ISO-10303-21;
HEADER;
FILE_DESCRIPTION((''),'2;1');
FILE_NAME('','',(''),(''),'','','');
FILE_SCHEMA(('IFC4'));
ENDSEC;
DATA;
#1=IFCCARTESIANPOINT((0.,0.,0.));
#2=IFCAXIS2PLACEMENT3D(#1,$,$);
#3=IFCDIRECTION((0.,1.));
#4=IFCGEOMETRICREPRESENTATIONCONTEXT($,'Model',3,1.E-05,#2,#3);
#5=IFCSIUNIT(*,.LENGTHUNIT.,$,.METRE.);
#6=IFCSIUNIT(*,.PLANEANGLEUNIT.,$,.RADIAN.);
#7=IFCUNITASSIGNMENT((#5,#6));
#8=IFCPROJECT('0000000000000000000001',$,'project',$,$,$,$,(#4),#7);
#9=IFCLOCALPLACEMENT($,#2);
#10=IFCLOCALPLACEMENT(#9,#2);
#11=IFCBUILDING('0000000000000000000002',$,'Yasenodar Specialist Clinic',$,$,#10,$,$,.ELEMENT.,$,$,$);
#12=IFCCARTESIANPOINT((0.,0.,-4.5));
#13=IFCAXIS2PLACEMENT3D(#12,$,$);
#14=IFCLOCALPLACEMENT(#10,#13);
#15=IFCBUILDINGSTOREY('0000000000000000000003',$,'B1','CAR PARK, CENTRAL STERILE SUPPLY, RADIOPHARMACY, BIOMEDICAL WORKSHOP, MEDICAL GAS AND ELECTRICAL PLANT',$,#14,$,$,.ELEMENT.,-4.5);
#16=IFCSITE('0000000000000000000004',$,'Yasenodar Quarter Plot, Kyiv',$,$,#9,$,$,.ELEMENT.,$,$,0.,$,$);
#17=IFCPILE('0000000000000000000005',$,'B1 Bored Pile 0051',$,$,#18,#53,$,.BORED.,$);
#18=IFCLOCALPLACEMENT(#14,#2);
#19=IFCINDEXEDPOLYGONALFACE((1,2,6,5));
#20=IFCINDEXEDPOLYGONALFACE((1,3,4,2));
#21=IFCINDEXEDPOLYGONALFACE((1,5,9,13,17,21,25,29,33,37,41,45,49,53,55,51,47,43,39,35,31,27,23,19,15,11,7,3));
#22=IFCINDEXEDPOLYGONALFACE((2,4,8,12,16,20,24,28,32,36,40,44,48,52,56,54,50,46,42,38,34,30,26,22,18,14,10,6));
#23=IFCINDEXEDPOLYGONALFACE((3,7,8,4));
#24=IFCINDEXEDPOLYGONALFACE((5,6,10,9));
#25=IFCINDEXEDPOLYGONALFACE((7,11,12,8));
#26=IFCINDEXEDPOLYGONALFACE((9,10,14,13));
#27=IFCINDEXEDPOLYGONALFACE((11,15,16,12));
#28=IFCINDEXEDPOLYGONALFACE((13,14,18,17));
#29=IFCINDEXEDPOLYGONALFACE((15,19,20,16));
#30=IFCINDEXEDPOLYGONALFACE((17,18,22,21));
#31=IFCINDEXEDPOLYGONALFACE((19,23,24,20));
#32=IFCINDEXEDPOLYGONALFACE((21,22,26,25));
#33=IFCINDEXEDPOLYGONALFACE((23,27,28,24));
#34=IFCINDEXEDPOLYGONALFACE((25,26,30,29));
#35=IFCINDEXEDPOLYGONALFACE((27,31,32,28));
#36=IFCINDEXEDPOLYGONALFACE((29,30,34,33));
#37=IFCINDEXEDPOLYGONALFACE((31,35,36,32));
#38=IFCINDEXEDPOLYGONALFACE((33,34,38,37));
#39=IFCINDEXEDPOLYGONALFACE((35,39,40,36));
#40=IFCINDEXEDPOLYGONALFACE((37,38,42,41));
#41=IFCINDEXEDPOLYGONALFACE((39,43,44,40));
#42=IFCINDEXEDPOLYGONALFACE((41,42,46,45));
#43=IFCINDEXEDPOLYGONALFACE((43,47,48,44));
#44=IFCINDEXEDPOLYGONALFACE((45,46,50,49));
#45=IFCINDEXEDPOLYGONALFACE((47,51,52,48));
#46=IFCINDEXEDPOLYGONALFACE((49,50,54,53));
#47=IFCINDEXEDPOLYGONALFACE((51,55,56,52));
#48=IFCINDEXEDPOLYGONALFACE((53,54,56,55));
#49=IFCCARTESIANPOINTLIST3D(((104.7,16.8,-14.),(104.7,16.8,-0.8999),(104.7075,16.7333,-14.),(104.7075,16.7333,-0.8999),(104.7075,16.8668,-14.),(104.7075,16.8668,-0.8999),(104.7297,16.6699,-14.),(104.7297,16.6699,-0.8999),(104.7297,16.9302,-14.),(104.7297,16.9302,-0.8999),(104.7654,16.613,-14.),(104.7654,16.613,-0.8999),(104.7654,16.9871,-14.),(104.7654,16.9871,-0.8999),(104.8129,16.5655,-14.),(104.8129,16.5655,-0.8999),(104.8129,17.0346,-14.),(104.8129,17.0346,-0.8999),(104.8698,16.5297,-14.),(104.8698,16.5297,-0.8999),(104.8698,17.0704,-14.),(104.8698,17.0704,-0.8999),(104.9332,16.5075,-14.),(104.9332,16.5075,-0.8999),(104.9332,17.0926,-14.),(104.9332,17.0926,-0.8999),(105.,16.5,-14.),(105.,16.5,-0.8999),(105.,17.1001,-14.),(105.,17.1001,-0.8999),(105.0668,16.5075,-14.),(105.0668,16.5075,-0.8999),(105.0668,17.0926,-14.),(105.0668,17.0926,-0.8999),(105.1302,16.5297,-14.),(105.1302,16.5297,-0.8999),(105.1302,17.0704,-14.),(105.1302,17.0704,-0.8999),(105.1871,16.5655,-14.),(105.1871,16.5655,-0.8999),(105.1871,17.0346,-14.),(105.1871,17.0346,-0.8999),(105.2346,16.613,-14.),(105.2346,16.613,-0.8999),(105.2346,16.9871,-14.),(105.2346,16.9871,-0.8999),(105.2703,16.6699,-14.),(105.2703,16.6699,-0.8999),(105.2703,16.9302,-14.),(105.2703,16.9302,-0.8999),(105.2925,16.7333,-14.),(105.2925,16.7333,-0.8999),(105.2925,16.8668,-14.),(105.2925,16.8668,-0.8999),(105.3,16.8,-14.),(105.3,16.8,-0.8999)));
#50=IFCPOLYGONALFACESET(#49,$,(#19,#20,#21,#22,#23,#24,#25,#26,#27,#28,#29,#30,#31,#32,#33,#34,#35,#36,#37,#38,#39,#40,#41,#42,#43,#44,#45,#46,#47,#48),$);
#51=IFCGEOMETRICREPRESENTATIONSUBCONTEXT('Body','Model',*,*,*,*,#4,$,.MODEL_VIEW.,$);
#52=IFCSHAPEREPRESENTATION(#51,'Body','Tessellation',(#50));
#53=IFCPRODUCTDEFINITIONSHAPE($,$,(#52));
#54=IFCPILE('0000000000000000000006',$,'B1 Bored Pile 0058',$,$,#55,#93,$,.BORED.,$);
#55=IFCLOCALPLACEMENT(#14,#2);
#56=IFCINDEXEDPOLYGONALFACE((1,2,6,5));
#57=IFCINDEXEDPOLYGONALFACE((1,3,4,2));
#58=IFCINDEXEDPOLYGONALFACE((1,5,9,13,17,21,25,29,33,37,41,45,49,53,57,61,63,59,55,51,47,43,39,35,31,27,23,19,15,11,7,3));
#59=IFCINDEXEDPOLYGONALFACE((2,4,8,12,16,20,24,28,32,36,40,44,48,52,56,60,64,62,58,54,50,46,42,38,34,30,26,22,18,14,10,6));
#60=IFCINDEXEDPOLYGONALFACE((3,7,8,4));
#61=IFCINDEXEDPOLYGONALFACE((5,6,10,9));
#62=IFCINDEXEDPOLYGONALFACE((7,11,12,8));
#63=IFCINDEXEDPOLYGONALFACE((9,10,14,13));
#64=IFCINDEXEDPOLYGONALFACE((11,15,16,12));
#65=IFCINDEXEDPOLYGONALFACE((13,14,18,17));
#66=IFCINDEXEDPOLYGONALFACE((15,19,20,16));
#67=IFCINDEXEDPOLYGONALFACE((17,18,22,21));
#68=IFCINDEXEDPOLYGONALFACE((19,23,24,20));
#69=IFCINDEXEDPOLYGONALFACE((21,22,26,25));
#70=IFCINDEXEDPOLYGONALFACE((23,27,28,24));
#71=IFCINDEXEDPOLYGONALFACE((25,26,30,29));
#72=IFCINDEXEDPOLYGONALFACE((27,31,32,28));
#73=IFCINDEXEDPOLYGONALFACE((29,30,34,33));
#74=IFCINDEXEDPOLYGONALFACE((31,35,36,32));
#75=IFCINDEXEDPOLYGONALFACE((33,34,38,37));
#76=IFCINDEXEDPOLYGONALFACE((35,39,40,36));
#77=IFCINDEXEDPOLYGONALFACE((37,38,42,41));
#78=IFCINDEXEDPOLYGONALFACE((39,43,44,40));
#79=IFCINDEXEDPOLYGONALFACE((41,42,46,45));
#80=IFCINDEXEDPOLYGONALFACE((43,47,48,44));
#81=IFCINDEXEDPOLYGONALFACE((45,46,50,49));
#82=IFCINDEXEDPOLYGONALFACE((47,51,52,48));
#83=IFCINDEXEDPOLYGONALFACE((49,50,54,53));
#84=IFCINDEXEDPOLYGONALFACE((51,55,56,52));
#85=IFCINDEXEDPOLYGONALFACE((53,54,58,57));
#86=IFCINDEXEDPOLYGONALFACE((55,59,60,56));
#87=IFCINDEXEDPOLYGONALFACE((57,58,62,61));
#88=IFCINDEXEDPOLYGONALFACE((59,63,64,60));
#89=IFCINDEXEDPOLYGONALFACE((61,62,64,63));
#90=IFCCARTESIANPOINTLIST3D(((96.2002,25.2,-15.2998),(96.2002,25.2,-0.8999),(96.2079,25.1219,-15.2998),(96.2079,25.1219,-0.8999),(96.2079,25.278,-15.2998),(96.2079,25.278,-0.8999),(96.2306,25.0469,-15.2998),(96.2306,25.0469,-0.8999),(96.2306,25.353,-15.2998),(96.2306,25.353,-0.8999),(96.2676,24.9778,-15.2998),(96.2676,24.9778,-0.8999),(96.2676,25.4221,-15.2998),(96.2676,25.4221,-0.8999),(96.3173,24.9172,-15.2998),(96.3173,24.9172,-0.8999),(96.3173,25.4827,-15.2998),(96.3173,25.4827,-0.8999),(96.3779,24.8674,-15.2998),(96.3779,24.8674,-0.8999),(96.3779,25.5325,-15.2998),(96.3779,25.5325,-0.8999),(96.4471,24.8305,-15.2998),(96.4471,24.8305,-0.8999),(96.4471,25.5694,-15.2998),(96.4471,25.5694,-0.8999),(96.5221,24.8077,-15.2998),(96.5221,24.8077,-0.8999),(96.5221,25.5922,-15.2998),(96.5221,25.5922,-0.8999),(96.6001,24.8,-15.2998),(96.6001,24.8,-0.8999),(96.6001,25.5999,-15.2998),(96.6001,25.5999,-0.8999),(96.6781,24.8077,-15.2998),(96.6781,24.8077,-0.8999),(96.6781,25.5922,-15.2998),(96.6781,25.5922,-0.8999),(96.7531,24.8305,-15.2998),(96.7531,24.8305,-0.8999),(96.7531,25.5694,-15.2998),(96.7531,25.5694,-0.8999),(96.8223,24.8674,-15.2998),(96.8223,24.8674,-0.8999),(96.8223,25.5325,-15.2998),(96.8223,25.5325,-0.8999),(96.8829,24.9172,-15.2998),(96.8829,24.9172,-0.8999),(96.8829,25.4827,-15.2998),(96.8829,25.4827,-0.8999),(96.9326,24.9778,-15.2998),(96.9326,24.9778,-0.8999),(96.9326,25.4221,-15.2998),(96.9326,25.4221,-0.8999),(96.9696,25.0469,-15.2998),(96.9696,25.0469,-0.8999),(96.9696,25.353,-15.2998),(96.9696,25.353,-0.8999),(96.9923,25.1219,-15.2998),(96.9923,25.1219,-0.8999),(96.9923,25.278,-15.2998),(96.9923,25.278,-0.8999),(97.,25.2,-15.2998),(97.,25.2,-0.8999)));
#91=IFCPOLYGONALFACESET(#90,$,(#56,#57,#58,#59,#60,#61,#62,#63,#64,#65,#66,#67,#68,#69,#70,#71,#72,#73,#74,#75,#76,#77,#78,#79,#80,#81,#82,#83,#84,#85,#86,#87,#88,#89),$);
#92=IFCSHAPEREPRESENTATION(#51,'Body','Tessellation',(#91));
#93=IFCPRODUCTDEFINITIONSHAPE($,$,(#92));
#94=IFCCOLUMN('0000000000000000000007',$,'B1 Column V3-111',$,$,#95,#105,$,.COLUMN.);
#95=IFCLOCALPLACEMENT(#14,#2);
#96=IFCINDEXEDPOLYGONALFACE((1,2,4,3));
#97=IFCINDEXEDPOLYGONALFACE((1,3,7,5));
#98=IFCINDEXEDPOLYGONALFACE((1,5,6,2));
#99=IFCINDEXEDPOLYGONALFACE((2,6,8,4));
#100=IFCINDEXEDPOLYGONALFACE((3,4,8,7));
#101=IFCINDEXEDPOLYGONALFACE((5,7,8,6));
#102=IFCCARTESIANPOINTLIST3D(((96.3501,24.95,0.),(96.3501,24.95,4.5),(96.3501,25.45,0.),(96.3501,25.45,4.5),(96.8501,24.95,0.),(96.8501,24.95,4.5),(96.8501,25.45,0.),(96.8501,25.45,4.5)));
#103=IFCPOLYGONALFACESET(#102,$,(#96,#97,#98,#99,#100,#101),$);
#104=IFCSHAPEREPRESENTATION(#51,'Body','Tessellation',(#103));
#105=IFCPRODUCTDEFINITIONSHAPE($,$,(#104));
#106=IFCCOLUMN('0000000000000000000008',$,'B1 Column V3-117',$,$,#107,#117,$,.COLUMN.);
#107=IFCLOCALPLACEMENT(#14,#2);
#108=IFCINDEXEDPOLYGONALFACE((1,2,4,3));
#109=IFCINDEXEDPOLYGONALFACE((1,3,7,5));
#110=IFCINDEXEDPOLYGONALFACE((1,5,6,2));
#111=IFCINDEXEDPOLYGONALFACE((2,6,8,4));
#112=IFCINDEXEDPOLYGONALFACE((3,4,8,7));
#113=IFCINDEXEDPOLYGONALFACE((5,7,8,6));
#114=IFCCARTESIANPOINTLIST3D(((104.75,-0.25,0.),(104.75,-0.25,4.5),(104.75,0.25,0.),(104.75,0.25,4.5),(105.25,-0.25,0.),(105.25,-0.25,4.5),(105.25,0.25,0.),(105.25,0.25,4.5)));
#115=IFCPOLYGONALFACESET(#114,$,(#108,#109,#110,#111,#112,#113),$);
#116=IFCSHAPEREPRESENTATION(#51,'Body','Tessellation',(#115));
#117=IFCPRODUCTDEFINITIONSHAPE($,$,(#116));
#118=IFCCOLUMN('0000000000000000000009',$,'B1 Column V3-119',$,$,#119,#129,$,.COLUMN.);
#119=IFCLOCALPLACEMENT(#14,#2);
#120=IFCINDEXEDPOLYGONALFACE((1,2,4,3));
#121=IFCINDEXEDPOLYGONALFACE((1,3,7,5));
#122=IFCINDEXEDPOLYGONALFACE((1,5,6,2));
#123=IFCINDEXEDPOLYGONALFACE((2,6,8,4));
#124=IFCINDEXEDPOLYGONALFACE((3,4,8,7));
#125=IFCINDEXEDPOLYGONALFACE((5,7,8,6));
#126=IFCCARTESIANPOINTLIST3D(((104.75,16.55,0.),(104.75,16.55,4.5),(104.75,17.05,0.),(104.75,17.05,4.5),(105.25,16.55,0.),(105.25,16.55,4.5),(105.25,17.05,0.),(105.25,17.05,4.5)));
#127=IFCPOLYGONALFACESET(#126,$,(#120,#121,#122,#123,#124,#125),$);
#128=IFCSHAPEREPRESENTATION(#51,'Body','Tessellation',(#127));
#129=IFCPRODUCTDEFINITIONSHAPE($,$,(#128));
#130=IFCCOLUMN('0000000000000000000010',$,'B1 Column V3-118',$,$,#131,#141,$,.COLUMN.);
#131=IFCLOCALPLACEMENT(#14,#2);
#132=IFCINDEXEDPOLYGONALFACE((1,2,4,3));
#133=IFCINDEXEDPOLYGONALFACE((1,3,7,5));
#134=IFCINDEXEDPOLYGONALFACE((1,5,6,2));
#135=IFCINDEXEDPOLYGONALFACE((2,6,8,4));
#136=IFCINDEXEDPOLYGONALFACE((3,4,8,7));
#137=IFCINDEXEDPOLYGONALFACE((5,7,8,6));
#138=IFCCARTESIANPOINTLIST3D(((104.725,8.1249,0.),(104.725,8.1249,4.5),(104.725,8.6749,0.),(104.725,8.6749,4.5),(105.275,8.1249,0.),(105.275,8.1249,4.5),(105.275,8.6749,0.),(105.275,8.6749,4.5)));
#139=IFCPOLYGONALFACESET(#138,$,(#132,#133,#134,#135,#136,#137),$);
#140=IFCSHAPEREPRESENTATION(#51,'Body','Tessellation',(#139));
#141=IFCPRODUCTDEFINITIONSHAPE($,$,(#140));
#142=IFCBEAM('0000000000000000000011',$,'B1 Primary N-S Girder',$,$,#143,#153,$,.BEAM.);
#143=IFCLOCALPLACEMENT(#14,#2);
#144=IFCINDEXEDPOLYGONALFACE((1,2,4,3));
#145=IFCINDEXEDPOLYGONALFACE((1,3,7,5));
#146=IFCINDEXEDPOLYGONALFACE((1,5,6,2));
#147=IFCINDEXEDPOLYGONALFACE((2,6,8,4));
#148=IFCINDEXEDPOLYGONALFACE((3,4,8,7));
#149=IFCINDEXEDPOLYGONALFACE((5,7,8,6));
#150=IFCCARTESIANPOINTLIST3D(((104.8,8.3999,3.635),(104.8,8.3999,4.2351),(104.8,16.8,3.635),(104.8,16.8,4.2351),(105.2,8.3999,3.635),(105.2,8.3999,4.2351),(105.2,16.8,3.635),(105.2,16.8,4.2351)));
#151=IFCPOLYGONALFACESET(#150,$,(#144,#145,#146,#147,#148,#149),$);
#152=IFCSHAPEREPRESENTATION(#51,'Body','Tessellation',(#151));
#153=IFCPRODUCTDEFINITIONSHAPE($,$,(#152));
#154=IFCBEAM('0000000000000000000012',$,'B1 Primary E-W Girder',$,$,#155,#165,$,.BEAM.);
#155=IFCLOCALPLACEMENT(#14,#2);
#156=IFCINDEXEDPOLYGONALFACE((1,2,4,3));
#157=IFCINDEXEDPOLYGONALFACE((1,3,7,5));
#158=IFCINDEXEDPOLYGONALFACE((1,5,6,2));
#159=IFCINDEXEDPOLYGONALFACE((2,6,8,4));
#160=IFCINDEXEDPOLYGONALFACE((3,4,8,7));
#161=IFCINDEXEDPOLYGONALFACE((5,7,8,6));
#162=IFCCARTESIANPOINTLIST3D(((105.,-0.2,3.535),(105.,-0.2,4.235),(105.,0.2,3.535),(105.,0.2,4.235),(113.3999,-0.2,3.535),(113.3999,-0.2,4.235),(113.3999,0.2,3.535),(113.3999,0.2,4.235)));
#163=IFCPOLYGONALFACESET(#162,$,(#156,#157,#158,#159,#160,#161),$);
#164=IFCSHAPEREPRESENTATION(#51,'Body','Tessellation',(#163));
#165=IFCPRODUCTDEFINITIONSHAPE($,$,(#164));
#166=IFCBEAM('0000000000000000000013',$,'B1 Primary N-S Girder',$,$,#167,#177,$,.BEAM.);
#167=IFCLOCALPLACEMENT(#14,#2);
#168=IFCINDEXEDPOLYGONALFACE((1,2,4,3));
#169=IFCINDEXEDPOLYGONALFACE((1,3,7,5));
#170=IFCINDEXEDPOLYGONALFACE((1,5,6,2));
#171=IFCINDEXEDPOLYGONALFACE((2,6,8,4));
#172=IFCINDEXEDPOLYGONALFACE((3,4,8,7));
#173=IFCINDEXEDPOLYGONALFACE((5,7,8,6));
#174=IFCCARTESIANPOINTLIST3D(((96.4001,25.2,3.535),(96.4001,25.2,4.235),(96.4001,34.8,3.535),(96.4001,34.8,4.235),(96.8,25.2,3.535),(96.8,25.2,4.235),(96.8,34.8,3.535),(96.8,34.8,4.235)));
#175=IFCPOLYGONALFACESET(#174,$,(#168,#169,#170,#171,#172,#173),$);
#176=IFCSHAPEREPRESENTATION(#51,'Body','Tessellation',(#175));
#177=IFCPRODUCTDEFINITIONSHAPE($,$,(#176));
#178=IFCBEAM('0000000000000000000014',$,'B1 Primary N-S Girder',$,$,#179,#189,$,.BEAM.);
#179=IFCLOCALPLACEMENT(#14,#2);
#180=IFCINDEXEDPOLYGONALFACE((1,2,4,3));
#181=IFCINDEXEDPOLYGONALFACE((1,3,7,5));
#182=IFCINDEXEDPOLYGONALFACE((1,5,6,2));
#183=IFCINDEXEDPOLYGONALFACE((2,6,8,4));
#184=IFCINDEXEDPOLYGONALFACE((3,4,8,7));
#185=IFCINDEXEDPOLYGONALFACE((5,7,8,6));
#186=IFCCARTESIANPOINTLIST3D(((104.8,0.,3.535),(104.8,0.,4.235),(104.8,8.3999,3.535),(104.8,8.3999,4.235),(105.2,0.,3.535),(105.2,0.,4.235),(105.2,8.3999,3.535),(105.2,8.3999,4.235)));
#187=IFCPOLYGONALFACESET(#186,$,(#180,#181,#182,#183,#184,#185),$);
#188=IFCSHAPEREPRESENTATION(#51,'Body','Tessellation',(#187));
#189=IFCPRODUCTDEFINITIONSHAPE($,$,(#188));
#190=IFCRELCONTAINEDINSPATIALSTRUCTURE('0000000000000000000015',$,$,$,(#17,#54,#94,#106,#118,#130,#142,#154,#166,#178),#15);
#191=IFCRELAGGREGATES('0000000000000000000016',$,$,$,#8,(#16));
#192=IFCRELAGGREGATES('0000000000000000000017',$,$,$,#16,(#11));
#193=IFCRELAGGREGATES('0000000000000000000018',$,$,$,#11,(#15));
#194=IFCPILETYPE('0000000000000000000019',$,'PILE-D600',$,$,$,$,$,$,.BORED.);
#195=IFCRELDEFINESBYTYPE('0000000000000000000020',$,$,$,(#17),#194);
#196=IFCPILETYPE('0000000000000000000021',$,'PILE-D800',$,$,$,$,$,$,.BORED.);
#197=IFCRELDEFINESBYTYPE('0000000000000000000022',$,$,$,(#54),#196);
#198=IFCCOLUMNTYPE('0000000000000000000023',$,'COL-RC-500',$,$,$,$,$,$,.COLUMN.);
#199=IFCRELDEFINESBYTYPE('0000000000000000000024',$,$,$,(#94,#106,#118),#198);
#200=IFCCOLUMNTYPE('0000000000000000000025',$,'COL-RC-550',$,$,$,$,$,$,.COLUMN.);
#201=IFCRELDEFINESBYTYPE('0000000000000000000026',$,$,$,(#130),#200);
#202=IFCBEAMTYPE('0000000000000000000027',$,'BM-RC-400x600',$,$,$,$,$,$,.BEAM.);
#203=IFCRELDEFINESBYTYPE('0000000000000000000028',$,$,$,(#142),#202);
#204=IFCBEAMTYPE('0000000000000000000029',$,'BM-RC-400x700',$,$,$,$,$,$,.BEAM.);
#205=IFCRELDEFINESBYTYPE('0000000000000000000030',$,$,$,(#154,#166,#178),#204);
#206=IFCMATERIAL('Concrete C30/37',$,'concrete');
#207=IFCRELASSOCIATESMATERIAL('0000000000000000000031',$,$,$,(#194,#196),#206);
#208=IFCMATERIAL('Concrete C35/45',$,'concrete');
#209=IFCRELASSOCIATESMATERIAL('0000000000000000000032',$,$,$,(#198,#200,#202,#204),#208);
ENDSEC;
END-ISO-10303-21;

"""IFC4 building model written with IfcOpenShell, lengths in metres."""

from ifc_helpers import new_model, si_unit, direction, frame, origin, origin_2d, place, context, subcontext, project, spatial, rectangle, circle, extrude, material, material_profile, profile_set, type_object, element, save


model = new_model("IFC4")

# Units and contexts
model_context = context("Model", 3, precision=1e-05, world=origin(), true_north=direction((0.0, 1.0)))
body_context = subcontext(model_context, "Body", "Model", "MODEL_VIEW")
ifc_project = project(units=[si_unit("LENGTHUNIT", "METRE"), si_unit("PLANEANGLEUNIT", "RADIAN")], contexts=[model_context])

# Site, building, storey
site_placement = place(None, origin())
site = spatial("IfcSite", under=ifc_project, at=site_placement, Name="Yasenodar Quarter Plot, Kyiv", CompositionType="ELEMENT", RefElevation=0.0)
building_placement = place(site_placement, origin())
building = spatial("IfcBuilding", under=site, at=building_placement, Name="Yasenodar Specialist Clinic", CompositionType="ELEMENT")
storey_placement = place(building_placement, frame((0.0, 0.0, -4.5)))
storey = spatial("IfcBuildingStorey", under=building, at=storey_placement, Name="B1", Description="CAR PARK, CENTRAL STERILE SUPPLY, RADIOPHARMACY, BIOMEDICAL WORKSHOP, MEDICAL GAS AND ELECTRICAL PLANT", CompositionType="ELEMENT", Elevation=-4.5)

# Shared definitions
ifc_material_1 = material(Name="Concrete C35/45", Category="concrete")

# Piles
ifc_material_2 = material(Name="Concrete C30/37", Category="concrete")
ifc_material_profile_1 = material_profile(ifc_material_2, circle(Radius=0.3, at=origin_2d()), Name="PILE D600")
ifc_profile_set_1 = profile_set([ifc_material_profile_1], Name="Concrete C30/37")
pile_type_1 = type_object("IfcPileType", Name="PILE-D600", PredefinedType="BORED", material=ifc_profile_set_1)
for number, where, z_axis, x_axis, name in (
    (1, (105.0, 16.8, -0.8999), (0.0, 0.0, -1.0), (1.0, 0.0, 0.0), "B1 Bored Pile 0051"),
):
    element("IfcPile", number, at=place(storey_placement, frame(where, z_axis=z_axis, x_axis=x_axis)), inside=storey, type_object=pile_type_1, Name=name, PredefinedType="BORED", context=body_context, shape_type="SweptSolid", body=[
        extrude(circle(Radius=0.3, at=origin_2d()), origin(), (0.0, 0.0, 1.0), 13.1001),
    ])
ifc_material_profile_2 = material_profile(ifc_material_2, circle(Radius=0.3999, at=origin_2d()), Name="PILE D800")
ifc_profile_set_2 = profile_set([ifc_material_profile_2], Name="Concrete C30/37")
pile_type_2 = type_object("IfcPileType", Name="PILE-D800", PredefinedType="BORED", material=ifc_profile_set_2)
pile_placement = place(storey_placement, frame((96.6001, 25.2, -0.8999), z_axis=(0.0, 0.0, -1.0), x_axis=(1.0, 0.0, 0.0)))
element("IfcPile", 2, at=pile_placement, inside=storey, type_object=pile_type_2, Name="B1 Bored Pile 0058", PredefinedType="BORED", context=body_context, shape_type="SweptSolid", body=[
    extrude(circle(Radius=0.3999, at=origin_2d()), origin(), (0.0, 0.0, 1.0), 14.3999),
])

# Columns
ifc_material_profile_3 = material_profile(ifc_material_1, rectangle(XDim=0.5, YDim=0.5, at=origin_2d()), Name="RC 500x500")
ifc_profile_set_3 = profile_set([ifc_material_profile_3], Name="Concrete C35/45")
column_type_1 = type_object("IfcColumnType", Name="COL-RC-500", PredefinedType="COLUMN", material=ifc_profile_set_3)
for number, where, z_axis, x_axis, name in (
    (3, (96.6001, 25.2, 0.0), (0.0, 0.0, 1.0), (1.0, 0.0, 0.0), "B1 Column V3-111"),
    (4, (105.0, 0.0, 0.0), (0.0, 0.0, 1.0), (1.0, 0.0, 0.0), "B1 Column V3-117"),
    (5, (105.0, 16.8, 0.0), (0.0, 0.0, 1.0), (1.0, 0.0, 0.0), "B1 Column V3-119"),
):
    element("IfcColumn", number, at=place(storey_placement, frame(where, z_axis=z_axis, x_axis=x_axis)), inside=storey, type_object=column_type_1, Name=name, PredefinedType="COLUMN", context=body_context, shape_type="SweptSolid", body=[
        extrude(rectangle(XDim=0.5, YDim=0.5, at=origin_2d()), origin(), (0.0, 0.0, 1.0), 4.5),
    ])
ifc_material_profile_4 = material_profile(ifc_material_1, rectangle(XDim=0.55, YDim=0.55, at=origin_2d()), Name="RC 550x550")
ifc_profile_set_4 = profile_set([ifc_material_profile_4], Name="Concrete C35/45")
column_type_2 = type_object("IfcColumnType", Name="COL-RC-550", PredefinedType="COLUMN", material=ifc_profile_set_4)
column_placement = place(storey_placement, frame((105.0, 8.3999, 0.0), z_axis=(0.0, 0.0, 1.0), x_axis=(1.0, 0.0, 0.0)))
element("IfcColumn", 6, at=column_placement, inside=storey, type_object=column_type_2, Name="B1 Column V3-118", PredefinedType="COLUMN", context=body_context, shape_type="SweptSolid", body=[
    extrude(rectangle(XDim=0.55, YDim=0.55, at=origin_2d()), origin(), (0.0, 0.0, 1.0), 4.5),
])

# Beams
ifc_material_profile_5 = material_profile(ifc_material_1, rectangle(XDim=0.3999, YDim=0.6001, at=origin_2d()), Name="RC 400x600")
ifc_profile_set_5 = profile_set([ifc_material_profile_5], Name="Concrete C35/45")
beam_type_1 = type_object("IfcBeamType", Name="BM-RC-400x600", PredefinedType="BEAM", material=ifc_profile_set_5)
beam_1_placement = place(storey_placement, frame((105.0, 8.3999, 3.9351), z_axis=(0.0, 1.0, 0.0), x_axis=(-1.0, 0.0, 0.0)))
element("IfcBeam", 7, at=beam_1_placement, inside=storey, type_object=beam_type_1, Name="B1 Primary N-S Girder", PredefinedType="BEAM", context=body_context, shape_type="SweptSolid", body=[
    extrude(rectangle(XDim=0.3999, YDim=0.6001, at=origin_2d()), origin(), (0.0, 0.0, 1.0), 8.4001),
])
ifc_material_profile_6 = material_profile(ifc_material_1, rectangle(XDim=0.3999, YDim=0.7, at=origin_2d()), Name="RC 400x700")
ifc_profile_set_6 = profile_set([ifc_material_profile_6], Name="Concrete C35/45")
beam_type_2 = type_object("IfcBeamType", Name="BM-RC-400x700", PredefinedType="BEAM", material=ifc_profile_set_6)
beam_2_placement = place(storey_placement, frame((105.0, 0.0, 3.885), z_axis=(1.0, 0.0, 0.0), x_axis=(0.0, 1.0, 0.0)))
element("IfcBeam", 8, at=beam_2_placement, inside=storey, type_object=beam_type_2, Name="B1 Primary E-W Girder", PredefinedType="BEAM", context=body_context, shape_type="SweptSolid", body=[
    extrude(rectangle(XDim=0.3999, YDim=0.7, at=origin_2d()), origin(), (0.0, 0.0, 1.0), 8.3999),
])
beam_3_placement = place(storey_placement, frame((96.6001, 25.2, 3.885), z_axis=(0.0, 1.0, 0.0), x_axis=(-1.0, 0.0, 0.0)))
element("IfcBeam", 9, at=beam_3_placement, inside=storey, type_object=beam_type_2, Name="B1 Primary N-S Girder", PredefinedType="BEAM", context=body_context, shape_type="SweptSolid", body=[
    extrude(rectangle(XDim=0.3999, YDim=0.7, at=origin_2d()), origin(), (0.0, 0.0, 1.0), 9.6001),
])
beam_4_placement = place(storey_placement, frame((105.0, 0.0, 3.885), z_axis=(0.0, 1.0, 0.0), x_axis=(-1.0, 0.0, 0.0)))
element("IfcBeam", 10, at=beam_4_placement, inside=storey, type_object=beam_type_2, Name="B1 Primary N-S Girder", PredefinedType="BEAM", context=body_context, shape_type="SweptSolid", body=[
    extrude(rectangle(XDim=0.3999, YDim=0.7, at=origin_2d()), origin(), (0.0, 0.0, 1.0), 8.3999),
])

save(model, "model.ifc")
